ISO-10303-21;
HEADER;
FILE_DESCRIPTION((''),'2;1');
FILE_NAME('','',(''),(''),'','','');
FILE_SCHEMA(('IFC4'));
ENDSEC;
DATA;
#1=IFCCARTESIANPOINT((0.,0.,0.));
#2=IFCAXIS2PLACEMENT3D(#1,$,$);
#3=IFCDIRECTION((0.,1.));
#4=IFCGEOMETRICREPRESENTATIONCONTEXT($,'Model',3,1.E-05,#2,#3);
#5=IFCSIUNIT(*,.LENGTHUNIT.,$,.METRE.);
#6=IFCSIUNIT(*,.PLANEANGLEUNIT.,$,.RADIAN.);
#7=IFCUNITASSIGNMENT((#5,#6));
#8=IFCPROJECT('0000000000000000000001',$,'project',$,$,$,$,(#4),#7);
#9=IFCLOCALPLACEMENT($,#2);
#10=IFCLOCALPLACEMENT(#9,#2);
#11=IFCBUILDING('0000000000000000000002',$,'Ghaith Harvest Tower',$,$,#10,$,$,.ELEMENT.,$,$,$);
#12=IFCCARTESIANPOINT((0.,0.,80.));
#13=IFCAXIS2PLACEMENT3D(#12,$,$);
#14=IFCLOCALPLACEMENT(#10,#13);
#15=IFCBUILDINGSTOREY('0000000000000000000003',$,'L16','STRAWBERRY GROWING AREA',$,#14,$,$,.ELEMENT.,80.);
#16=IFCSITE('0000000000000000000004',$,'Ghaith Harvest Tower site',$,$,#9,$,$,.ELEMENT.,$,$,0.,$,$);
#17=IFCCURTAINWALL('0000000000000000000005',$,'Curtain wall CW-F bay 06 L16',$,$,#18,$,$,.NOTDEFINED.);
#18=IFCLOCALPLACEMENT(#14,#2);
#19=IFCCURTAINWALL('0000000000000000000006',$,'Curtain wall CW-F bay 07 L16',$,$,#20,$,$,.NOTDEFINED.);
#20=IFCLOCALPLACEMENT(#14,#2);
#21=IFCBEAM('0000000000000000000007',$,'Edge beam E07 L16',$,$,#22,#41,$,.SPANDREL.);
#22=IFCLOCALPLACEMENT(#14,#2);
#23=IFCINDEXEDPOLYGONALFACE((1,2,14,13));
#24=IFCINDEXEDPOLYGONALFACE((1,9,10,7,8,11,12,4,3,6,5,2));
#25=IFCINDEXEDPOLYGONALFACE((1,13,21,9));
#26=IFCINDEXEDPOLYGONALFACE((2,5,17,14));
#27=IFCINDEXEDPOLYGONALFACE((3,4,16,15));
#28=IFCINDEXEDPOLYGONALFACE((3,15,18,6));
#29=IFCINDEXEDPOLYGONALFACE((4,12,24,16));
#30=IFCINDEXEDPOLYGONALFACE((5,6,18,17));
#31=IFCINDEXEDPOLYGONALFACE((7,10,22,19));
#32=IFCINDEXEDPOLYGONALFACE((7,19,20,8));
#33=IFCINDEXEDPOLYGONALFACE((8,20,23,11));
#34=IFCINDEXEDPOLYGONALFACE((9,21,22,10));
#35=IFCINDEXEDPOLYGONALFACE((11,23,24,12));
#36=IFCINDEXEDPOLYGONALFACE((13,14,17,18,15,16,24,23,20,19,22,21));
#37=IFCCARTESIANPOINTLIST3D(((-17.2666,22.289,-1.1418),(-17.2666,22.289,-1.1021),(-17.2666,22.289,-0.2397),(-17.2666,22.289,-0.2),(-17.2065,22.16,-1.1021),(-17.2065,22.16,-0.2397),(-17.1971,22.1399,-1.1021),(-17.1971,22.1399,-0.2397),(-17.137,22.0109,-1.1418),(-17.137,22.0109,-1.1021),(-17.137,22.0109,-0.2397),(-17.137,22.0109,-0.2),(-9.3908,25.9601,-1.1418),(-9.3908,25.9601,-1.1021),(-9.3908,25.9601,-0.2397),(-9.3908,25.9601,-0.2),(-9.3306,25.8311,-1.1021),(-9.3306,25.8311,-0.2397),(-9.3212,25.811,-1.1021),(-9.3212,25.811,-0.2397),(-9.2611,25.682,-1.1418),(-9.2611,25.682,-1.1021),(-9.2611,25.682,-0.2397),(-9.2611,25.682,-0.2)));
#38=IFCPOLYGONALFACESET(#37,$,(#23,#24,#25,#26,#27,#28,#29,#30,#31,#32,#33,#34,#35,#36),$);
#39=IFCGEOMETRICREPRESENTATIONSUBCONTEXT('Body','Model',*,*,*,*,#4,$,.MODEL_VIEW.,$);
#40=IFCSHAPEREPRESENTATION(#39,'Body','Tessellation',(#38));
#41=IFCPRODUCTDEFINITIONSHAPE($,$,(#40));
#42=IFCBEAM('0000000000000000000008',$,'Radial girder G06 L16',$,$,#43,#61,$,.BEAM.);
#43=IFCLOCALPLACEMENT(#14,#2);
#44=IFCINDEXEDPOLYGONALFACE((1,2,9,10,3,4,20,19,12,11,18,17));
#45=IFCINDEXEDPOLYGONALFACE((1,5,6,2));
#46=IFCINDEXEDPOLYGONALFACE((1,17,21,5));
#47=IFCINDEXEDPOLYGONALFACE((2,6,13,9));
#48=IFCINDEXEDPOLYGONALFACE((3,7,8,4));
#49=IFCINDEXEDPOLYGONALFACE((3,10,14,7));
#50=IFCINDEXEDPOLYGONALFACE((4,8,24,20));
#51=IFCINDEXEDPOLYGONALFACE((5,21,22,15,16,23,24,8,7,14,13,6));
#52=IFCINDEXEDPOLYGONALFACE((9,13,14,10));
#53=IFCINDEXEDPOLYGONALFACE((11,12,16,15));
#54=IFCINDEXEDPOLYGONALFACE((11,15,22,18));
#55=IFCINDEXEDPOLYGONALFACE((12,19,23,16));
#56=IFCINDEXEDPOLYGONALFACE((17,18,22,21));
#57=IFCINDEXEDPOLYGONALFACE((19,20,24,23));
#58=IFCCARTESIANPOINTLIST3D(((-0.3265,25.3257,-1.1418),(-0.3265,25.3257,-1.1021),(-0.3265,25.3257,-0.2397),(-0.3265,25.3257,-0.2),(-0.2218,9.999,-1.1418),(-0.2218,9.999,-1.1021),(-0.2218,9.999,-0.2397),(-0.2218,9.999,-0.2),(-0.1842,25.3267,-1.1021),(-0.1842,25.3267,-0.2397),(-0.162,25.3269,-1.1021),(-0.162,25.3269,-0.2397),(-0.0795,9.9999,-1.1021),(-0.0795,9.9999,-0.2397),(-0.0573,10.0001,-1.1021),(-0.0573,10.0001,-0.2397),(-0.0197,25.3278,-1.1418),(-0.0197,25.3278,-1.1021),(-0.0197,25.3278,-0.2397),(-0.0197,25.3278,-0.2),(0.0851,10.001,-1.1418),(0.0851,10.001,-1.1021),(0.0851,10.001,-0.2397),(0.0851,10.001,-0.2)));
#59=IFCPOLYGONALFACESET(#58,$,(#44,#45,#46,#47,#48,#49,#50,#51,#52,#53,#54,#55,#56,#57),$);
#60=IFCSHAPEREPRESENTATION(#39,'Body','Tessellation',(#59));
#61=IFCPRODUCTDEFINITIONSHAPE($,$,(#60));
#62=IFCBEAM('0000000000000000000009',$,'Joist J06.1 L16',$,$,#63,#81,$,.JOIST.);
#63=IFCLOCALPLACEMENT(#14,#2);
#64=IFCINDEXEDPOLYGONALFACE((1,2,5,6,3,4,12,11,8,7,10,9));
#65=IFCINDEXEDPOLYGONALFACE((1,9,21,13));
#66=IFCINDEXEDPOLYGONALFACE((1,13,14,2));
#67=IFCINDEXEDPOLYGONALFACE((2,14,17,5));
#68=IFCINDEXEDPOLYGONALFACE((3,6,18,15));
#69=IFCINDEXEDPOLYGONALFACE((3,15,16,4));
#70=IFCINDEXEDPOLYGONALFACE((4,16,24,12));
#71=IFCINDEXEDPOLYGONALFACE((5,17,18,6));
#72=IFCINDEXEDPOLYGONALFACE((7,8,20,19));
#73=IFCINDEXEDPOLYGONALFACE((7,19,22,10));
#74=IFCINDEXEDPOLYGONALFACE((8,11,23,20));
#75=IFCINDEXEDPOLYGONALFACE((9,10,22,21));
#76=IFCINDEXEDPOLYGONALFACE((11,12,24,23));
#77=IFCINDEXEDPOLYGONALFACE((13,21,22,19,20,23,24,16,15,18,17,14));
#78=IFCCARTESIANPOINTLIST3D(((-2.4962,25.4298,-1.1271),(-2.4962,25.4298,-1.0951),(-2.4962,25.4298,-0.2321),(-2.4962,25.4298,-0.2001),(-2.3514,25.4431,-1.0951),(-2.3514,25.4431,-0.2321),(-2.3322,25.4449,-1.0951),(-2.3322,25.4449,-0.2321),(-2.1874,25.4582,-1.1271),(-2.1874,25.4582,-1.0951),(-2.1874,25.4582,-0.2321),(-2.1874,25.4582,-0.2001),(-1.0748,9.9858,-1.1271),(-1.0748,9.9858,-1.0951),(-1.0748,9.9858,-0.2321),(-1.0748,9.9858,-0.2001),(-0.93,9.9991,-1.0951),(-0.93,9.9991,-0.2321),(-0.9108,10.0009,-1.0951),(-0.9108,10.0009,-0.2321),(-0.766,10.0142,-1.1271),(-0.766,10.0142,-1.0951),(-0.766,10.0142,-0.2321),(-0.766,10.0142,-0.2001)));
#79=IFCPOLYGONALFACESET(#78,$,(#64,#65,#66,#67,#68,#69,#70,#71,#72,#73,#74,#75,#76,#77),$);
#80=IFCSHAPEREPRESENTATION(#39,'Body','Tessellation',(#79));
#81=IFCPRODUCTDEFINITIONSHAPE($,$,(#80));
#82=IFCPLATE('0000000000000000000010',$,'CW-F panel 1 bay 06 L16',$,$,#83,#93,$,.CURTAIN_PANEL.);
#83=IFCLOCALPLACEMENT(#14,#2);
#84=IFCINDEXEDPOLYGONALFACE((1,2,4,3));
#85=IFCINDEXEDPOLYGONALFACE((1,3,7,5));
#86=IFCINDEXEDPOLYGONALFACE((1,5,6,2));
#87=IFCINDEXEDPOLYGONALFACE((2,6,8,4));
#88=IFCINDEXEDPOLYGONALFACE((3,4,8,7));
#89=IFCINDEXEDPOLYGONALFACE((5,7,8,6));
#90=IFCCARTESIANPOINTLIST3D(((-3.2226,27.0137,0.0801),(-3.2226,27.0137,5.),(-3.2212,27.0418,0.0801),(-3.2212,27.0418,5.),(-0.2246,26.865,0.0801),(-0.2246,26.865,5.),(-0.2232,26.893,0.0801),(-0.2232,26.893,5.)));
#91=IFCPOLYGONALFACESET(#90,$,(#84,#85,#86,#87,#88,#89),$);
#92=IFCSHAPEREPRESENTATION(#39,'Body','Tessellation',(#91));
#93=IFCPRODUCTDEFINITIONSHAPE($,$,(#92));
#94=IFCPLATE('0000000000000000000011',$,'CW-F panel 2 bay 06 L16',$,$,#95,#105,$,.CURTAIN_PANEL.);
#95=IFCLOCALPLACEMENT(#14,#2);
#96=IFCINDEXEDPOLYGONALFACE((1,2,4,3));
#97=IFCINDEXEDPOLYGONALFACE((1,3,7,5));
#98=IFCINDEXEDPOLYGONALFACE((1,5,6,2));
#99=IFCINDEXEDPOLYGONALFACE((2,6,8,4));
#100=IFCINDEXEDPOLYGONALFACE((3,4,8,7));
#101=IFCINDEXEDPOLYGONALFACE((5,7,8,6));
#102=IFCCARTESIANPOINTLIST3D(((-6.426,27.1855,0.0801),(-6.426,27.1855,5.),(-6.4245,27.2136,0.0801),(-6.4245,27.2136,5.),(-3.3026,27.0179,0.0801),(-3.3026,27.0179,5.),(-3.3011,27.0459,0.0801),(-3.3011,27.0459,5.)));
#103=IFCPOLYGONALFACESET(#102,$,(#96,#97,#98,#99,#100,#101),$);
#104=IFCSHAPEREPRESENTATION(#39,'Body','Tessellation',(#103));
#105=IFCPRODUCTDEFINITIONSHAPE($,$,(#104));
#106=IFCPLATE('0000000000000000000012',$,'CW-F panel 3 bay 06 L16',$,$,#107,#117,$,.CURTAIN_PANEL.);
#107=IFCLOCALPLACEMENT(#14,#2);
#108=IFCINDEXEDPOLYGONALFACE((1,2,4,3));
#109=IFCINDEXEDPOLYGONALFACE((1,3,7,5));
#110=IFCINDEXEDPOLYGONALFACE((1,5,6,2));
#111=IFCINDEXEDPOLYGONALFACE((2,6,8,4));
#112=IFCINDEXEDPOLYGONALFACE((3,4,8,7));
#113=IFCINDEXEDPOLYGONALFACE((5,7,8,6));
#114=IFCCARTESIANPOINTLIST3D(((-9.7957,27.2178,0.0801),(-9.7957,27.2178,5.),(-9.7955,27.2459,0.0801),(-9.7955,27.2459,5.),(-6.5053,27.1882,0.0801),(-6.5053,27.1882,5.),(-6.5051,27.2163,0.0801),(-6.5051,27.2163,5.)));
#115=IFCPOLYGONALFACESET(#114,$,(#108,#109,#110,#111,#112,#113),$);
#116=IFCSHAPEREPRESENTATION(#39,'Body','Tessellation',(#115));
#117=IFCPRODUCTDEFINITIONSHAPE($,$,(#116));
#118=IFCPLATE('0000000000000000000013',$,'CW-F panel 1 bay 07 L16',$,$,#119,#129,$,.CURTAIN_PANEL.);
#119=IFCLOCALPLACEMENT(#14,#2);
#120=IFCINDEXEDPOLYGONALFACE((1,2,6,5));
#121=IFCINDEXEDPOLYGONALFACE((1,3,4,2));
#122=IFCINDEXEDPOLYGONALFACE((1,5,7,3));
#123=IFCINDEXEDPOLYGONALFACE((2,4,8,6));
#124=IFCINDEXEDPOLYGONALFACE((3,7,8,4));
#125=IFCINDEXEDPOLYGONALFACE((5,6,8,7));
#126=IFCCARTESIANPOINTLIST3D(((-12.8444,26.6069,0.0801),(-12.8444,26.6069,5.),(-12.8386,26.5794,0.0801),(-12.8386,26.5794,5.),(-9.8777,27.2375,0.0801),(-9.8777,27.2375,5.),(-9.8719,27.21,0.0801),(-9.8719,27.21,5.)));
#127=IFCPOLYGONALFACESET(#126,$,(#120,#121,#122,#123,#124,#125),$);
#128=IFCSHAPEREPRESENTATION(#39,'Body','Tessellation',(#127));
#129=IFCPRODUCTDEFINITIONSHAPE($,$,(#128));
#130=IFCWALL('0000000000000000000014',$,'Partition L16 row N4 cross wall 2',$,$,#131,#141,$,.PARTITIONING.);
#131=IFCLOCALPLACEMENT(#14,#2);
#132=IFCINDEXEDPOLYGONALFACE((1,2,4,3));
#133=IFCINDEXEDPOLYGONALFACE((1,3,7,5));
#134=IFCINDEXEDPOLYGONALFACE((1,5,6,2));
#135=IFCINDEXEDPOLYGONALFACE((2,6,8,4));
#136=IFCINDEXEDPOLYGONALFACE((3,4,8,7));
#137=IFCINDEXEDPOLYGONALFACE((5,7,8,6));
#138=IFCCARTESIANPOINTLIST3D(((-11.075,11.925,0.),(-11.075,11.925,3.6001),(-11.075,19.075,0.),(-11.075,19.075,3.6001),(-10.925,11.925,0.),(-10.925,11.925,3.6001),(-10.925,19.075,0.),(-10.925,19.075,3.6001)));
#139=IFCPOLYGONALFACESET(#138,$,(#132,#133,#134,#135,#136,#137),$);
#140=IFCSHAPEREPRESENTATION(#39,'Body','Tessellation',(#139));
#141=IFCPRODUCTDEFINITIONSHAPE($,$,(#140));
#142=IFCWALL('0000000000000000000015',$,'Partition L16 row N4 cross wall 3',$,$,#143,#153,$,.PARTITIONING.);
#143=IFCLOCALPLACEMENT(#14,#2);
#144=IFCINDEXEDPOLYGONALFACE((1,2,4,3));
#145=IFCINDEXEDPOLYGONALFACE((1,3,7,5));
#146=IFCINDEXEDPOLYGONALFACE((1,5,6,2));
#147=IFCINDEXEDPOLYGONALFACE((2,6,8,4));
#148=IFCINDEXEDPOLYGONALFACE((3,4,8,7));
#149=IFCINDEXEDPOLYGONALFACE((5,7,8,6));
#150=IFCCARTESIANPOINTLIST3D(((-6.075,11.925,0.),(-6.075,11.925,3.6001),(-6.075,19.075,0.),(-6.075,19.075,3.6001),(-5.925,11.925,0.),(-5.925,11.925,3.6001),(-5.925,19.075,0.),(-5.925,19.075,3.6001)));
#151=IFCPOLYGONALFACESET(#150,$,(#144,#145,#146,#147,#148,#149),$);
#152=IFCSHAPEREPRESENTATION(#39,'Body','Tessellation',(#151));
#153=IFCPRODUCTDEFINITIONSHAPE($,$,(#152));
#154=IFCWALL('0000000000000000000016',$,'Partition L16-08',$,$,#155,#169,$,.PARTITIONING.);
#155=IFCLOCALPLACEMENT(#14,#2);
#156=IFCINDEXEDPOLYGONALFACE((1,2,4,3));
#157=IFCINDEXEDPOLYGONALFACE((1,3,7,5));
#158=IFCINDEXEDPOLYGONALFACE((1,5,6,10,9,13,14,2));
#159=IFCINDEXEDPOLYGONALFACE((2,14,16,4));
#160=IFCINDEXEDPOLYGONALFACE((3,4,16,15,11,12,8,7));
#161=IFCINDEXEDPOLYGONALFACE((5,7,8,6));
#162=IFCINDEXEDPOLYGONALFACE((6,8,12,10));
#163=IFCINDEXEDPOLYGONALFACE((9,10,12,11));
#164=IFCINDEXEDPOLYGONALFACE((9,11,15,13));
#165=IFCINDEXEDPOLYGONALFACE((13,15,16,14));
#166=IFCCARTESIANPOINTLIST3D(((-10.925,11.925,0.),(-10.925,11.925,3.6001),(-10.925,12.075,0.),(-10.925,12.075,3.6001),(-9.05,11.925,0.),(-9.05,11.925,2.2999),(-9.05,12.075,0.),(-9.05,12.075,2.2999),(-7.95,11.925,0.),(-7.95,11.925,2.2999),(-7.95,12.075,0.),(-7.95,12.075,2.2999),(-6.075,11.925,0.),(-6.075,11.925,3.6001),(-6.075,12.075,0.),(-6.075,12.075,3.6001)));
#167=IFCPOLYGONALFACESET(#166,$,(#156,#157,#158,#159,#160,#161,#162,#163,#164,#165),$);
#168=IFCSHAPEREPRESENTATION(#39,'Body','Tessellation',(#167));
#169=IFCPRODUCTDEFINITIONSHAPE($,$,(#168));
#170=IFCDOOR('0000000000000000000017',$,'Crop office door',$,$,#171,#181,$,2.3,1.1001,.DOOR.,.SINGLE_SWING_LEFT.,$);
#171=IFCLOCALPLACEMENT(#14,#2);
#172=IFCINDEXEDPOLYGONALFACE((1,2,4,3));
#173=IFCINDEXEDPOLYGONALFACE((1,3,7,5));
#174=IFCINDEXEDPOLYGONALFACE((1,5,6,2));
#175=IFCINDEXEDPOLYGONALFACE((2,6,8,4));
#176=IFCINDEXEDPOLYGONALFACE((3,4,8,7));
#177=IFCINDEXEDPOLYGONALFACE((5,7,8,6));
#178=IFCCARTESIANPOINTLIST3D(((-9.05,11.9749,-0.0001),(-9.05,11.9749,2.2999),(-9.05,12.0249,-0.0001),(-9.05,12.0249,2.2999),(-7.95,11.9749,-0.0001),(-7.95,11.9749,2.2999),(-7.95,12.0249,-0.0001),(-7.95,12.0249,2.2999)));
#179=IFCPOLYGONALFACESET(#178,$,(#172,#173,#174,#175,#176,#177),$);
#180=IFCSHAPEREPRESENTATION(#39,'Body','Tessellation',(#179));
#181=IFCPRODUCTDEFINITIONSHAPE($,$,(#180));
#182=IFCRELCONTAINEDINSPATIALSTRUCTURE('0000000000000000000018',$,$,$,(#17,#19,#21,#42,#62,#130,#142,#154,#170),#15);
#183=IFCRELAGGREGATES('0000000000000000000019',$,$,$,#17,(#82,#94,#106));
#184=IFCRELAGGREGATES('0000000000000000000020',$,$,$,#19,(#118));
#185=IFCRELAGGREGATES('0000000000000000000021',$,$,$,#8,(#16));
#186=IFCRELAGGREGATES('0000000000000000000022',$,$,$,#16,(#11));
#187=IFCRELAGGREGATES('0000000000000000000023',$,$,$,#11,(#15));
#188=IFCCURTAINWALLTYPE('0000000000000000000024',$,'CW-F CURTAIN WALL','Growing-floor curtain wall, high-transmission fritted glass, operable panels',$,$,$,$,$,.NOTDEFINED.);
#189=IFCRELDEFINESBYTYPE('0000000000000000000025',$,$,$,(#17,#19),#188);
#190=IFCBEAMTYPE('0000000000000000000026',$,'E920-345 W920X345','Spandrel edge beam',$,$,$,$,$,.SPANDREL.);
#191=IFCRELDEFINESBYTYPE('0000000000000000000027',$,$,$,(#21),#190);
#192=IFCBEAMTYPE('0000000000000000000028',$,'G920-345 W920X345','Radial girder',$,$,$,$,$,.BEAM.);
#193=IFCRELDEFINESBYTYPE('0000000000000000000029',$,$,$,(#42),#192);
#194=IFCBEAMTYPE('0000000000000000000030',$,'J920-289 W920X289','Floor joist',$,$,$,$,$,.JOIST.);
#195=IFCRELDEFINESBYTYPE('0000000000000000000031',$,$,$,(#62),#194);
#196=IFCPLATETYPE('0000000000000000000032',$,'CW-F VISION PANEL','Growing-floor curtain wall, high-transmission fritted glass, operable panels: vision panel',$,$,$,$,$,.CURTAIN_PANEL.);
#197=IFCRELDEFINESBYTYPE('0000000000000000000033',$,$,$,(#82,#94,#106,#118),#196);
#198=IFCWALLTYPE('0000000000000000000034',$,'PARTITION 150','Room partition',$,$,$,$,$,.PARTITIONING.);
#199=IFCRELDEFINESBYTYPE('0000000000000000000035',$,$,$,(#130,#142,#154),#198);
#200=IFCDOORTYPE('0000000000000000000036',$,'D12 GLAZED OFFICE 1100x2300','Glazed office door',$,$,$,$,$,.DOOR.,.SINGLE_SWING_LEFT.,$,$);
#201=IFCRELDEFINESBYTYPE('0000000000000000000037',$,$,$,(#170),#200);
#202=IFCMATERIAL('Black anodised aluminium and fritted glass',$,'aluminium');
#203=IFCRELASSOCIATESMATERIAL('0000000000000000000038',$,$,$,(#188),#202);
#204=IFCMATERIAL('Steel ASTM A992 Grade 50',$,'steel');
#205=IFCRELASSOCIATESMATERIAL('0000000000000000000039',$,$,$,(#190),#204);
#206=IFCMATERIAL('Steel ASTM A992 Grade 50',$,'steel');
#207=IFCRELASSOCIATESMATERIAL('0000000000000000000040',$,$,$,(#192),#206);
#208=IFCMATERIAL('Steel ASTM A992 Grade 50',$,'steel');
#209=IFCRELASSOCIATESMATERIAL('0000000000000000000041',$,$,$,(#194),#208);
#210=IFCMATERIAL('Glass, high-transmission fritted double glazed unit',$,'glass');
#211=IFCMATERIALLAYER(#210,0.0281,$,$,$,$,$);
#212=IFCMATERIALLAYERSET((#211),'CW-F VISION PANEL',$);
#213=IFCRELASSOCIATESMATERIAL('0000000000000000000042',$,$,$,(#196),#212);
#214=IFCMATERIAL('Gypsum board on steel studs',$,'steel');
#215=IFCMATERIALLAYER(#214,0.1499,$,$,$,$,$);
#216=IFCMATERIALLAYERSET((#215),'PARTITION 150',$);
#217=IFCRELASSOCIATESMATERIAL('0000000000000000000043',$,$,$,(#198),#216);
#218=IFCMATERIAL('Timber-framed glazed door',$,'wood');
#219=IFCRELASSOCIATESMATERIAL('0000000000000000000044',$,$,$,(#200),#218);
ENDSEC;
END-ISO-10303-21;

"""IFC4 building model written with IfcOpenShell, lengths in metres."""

from ifc_helpers import new_model, si_unit, direction, frame, frame_2d, origin, origin_2d, place, context, subcontext, project, spatial, rectangle, i_section, extrude, material, layer, layer_set, material_profile, profile_set, type_object, element, fill, aggregate, save


model = new_model("IFC4")

# Units and contexts
model_context = context("Model", 3, precision=1e-05, world=origin(), true_north=direction((0.0, 1.0)))
body_context = subcontext(model_context, "Body", "Model", "MODEL_VIEW")
ifc_project = project(units=[si_unit("LENGTHUNIT", "METRE"), si_unit("PLANEANGLEUNIT", "RADIAN")], contexts=[model_context])

# Site, building, storey
site_placement = place(None, origin())
site = spatial("IfcSite", under=ifc_project, at=site_placement, Name="Ghaith Harvest Tower site", CompositionType="ELEMENT", RefElevation=0.0)
building_placement = place(site_placement, origin())
building = spatial("IfcBuilding", under=site, at=building_placement, Name="Ghaith Harvest Tower", CompositionType="ELEMENT")
storey_placement = place(building_placement, frame((0.0, 0.0, 80.0)))
storey = spatial("IfcBuildingStorey", under=building, at=storey_placement, Name="L16", Description="STRAWBERRY GROWING AREA", CompositionType="ELEMENT", Elevation=80.0)

# Curtain walls
ifc_material_1 = material(Name="Black anodised aluminium and fritted glass", Category="aluminium")
curtain_wall_type = type_object("IfcCurtainWallType", Name="CW-F CURTAIN WALL", Description="Growing-floor curtain wall, high-transmission fritted glass, operable panels", PredefinedType="NOTDEFINED", material=ifc_material_1)
curtain_wall_1_placement = place(storey_placement, origin())
curtain_wall_1 = element("IfcCurtainWall", 1, at=curtain_wall_1_placement, inside=storey, type_object=curtain_wall_type, Name="Curtain wall CW-F bay 06 L16", PredefinedType="NOTDEFINED")
curtain_wall_2_placement = place(storey_placement, origin())
curtain_wall_2 = element("IfcCurtainWall", 2, at=curtain_wall_2_placement, inside=storey, type_object=curtain_wall_type, Name="Curtain wall CW-F bay 07 L16", PredefinedType="NOTDEFINED")

# Beams
ifc_material_2 = material(Name="Steel ASTM A992 Grade 50", Category="steel")
ifc_material_profile_1 = material_profile(ifc_material_2, i_section(OverallWidth=0.3069, OverallDepth=0.9419, WebThickness=0.0222, FlangeThickness=0.0398, at=origin_2d()), Name="W920X345")
ifc_profile_set_1 = profile_set([ifc_material_profile_1], Name="Steel ASTM A992 Grade 50")
beam_type_1 = type_object("IfcBeamType", Name="E920-345 W920X345", Description="Spandrel edge beam", PredefinedType="SPANDREL", material=ifc_profile_set_1)
beam_1_placement = place(storey_placement, frame((-9.3259, 25.821, -0.6709), z_axis=(-0.906373, -0.422478, 0.0), x_axis=(0.422478, -0.906373, 0.0)))
element("IfcBeam", 3, at=beam_1_placement, inside=storey, type_object=beam_type_1, Name="Edge beam E07 L16", PredefinedType="SPANDREL", context=body_context, shape_type="SweptSolid", body=[
    extrude(i_section(OverallWidth=0.3069, OverallDepth=0.9419, WebThickness=0.0222, FlangeThickness=0.0398, at=origin_2d()), origin(), (0.0, 0.0, 1.0), 8.6895),
])
ifc_material_3 = material(Name="Steel ASTM A992 Grade 50", Category="steel")
ifc_material_profile_2 = material_profile(ifc_material_3, i_section(OverallWidth=0.3069, OverallDepth=0.9419, WebThickness=0.0222, FlangeThickness=0.0398, at=origin_2d()), Name="W920X345")
ifc_profile_set_2 = profile_set([ifc_material_profile_2], Name="Steel ASTM A992 Grade 50")
beam_type_2 = type_object("IfcBeamType", Name="G920-345 W920X345", Description="Radial girder", PredefinedType="BEAM", material=ifc_profile_set_2)
beam_2_placement = place(storey_placement, frame((-0.0684, 10.0, -0.6709), z_axis=(-0.006833, 0.999977, 0.0), x_axis=(-0.999977, -0.006833, 0.0)))
element("IfcBeam", 4, at=beam_2_placement, inside=storey, type_object=beam_type_2, Name="Radial girder G06 L16", PredefinedType="BEAM", context=body_context, shape_type="SweptSolid", body=[
    extrude(i_section(OverallWidth=0.3069, OverallDepth=0.9419, WebThickness=0.0222, FlangeThickness=0.0398, at=origin_2d()), origin(), (0.0, 0.0, 1.0), 15.3271),
])
ifc_material_4 = material(Name="Steel ASTM A992 Grade 50", Category="steel")
ifc_material_profile_3 = material_profile(ifc_material_4, i_section(OverallWidth=0.3101, OverallDepth=0.927, WebThickness=0.0193, FlangeThickness=0.032, at=origin_2d()), Name="W920X289")
ifc_profile_set_3 = profile_set([ifc_material_profile_3], Name="Steel ASTM A992 Grade 50")
beam_type_3 = type_object("IfcBeamType", Name="J920-289 W920X289", Description="Floor joist", PredefinedType="JOIST", material=ifc_profile_set_3)
beam_3_placement = place(storey_placement, frame((-0.9204, 10.0, -0.6636), z_axis=(-0.091647, 0.995792, 0.0), x_axis=(-0.995792, -0.091647, 0.0)))
element("IfcBeam", 5, at=beam_3_placement, inside=storey, type_object=beam_type_3, Name="Joist J06.1 L16", PredefinedType="JOIST", context=body_context, shape_type="SweptSolid", body=[
    extrude(i_section(OverallWidth=0.3101, OverallDepth=0.927, WebThickness=0.0193, FlangeThickness=0.032, at=origin_2d()), origin(), (0.0, 0.0, 1.0), 15.5093),
])

# Plates
ifc_material_5 = material(Name="Glass, high-transmission fritted double glazed unit", Category="glass")
ifc_layer_1 = layer(ifc_material_5, 0.0281)
ifc_layer_set_1 = layer_set([ifc_layer_1], Name="CW-F VISION PANEL")
plate_type = type_object("IfcPlateType", Name="CW-F VISION PANEL", Description="Growing-floor curtain wall, high-transmission fritted glass, operable panels: vision panel", PredefinedType="CURTAIN_PANEL", material=ifc_layer_set_1)
plate_1_placement = place(storey_placement, frame((-1.7229, 26.9534, 0.0801), z_axis=(0.0, 0.0, 1.0), x_axis=(-0.998771, 0.049554, 0.0)))
plate_1 = element("IfcPlate", 6, at=plate_1_placement, type_object=plate_type, Name="CW-F panel 1 bay 06 L16", PredefinedType="CURTAIN_PANEL", context=body_context, shape_type="SweptSolid", body=[
    extrude(rectangle(XDim=3.0017, YDim=0.0281, at=origin_2d()), origin(), (0.0, 0.0, 1.0), 4.9199),
])
plate_2_placement = place(storey_placement, frame((-4.8635, 27.1157, 0.0801), z_axis=(0.0, 0.0, 1.0), x_axis=(-0.998563, 0.0536, 0.0)))
plate_2 = element("IfcPlate", 7, at=plate_2_placement, type_object=plate_type, Name="CW-F panel 2 bay 06 L16", PredefinedType="CURTAIN_PANEL", context=body_context, shape_type="SweptSolid", body=[
    extrude(rectangle(XDim=3.1279, YDim=0.0281, at=origin_2d()), origin(), (0.0, 0.0, 1.0), 4.9199),
])
plate_3_placement = place(storey_placement, frame((-8.1504, 27.217, 0.0801), z_axis=(0.0, 0.0, 1.0), x_axis=(-0.99996, 0.008988, 0.0)))
plate_3 = element("IfcPlate", 8, at=plate_3_placement, type_object=plate_type, Name="CW-F panel 3 bay 06 L16", PredefinedType="CURTAIN_PANEL", context=body_context, shape_type="SweptSolid", body=[
    extrude(rectangle(XDim=3.2905, YDim=0.0281, at=origin_2d()), origin(), (0.0, 0.0, 1.0), 4.9199),
])
aggregate(curtain_wall_1, [plate_1, plate_2, plate_3])
plate_4_placement = place(storey_placement, frame((-11.3582, 26.9084, 0.0801), z_axis=(0.0, 0.0, 1.0), x_axis=(-0.978149, -0.207904, 0.0)))
plate_4 = element("IfcPlate", 9, at=plate_4_placement, type_object=plate_type, Name="CW-F panel 1 bay 07 L16", PredefinedType="CURTAIN_PANEL", context=body_context, shape_type="SweptSolid", body=[
    extrude(rectangle(XDim=3.033, YDim=0.0281, at=origin_2d()), origin(), (0.0, 0.0, 1.0), 4.9199),
])
aggregate(curtain_wall_2, [plate_4])

# Walls
ifc_material_6 = material(Name="Gypsum board on steel studs", Category="steel")
ifc_layer_2 = layer(ifc_material_6, 0.1499)
ifc_layer_set_2 = layer_set([ifc_layer_2], Name="PARTITION 150")
wall_type = type_object("IfcWallType", Name="PARTITION 150", Description="Room partition", PredefinedType="PARTITIONING", material=ifc_layer_set_2)
for number, where, z_axis, x_axis, name in (
    (10, (-11.0, 11.925, 0.0), (0.0, 0.0, 1.0), (0.0, 1.0, 0.0), "Partition L16 row N4 cross wall 2"),
    (11, (-6.0, 11.925, 0.0), (0.0, 0.0, 1.0), (0.0, 1.0, 0.0), "Partition L16 row N4 cross wall 3"),
):
    element("IfcWall", number, at=place(storey_placement, frame(where, z_axis=z_axis, x_axis=x_axis)), inside=storey, type_object=wall_type, Name=name, PredefinedType="PARTITIONING", context=body_context, shape_type="SweptSolid", body=[
        extrude(rectangle(XDim=7.1499, YDim=0.1499, at=frame_2d((3.575, 0.0))), origin(), (0.0, 0.0, 1.0), 3.6001),
    ])

# Wall, opening, door
wall_1_placement = place(storey_placement, frame((-10.925, 12.0, 0.0), z_axis=(0.0, 0.0, 1.0), x_axis=(1.0, 0.0, 0.0)))
wall_1 = element("IfcWall", 12, at=wall_1_placement, inside=storey, type_object=wall_type, Name="Partition L16-08", PredefinedType="PARTITIONING", context=body_context, shape_type="SweptSolid", body=[
    extrude(rectangle(XDim=4.8501, YDim=0.1499, at=frame_2d((2.425, 0.0))), origin(), (0.0, 0.0, 1.0), 3.6001),
])
opening_1_placement = place(wall_1_placement, frame((1.875, 0.0, 0.0)))
opening_1 = element("IfcOpeningElement", 13, at=opening_1_placement, cuts=wall_1, PredefinedType="OPENING", context=body_context, shape_type="SweptSolid", body=[
    extrude(rectangle(XDim=1.1001, YDim=2.3, at=frame_2d((0.55, 1.1499))), frame((0.0, 0.085, 0.0), z_axis=(0.0, -1.0, 0.0), x_axis=(1.0, 0.0, 0.0)), (0.0, 0.0, 1.0), 0.1699),
])
ifc_material_7 = material(Name="Timber-framed glazed door", Category="wood")
door_type_1 = type_object("IfcDoorType", Name="D12 GLAZED OFFICE 1100x2300", Description="Glazed office door", OperationType="SINGLE_SWING_LEFT", PredefinedType="DOOR", material=ifc_material_7)
door_1_placement = place(opening_1_placement, origin())
door_1 = element("IfcDoor", 14, at=door_1_placement, inside=storey, type_object=door_type_1, Name="Crop office door", OperationType="SINGLE_SWING_LEFT", OverallHeight=2.3, OverallWidth=1.1001, PredefinedType="DOOR", context=body_context, shape_type="SweptSolid", body=[
    extrude(rectangle(XDim=1.1001, YDim=2.3, at=frame_2d((0.55, 1.1499))), frame((0.0, 0.0249, 0.0), z_axis=(0.0, -1.0, 0.0), x_axis=(1.0, 0.0, 0.0)), (0.0, 0.0, 1.0), 0.05),
])
fill(opening_1, door_1)

save(model, "model.ifc")
